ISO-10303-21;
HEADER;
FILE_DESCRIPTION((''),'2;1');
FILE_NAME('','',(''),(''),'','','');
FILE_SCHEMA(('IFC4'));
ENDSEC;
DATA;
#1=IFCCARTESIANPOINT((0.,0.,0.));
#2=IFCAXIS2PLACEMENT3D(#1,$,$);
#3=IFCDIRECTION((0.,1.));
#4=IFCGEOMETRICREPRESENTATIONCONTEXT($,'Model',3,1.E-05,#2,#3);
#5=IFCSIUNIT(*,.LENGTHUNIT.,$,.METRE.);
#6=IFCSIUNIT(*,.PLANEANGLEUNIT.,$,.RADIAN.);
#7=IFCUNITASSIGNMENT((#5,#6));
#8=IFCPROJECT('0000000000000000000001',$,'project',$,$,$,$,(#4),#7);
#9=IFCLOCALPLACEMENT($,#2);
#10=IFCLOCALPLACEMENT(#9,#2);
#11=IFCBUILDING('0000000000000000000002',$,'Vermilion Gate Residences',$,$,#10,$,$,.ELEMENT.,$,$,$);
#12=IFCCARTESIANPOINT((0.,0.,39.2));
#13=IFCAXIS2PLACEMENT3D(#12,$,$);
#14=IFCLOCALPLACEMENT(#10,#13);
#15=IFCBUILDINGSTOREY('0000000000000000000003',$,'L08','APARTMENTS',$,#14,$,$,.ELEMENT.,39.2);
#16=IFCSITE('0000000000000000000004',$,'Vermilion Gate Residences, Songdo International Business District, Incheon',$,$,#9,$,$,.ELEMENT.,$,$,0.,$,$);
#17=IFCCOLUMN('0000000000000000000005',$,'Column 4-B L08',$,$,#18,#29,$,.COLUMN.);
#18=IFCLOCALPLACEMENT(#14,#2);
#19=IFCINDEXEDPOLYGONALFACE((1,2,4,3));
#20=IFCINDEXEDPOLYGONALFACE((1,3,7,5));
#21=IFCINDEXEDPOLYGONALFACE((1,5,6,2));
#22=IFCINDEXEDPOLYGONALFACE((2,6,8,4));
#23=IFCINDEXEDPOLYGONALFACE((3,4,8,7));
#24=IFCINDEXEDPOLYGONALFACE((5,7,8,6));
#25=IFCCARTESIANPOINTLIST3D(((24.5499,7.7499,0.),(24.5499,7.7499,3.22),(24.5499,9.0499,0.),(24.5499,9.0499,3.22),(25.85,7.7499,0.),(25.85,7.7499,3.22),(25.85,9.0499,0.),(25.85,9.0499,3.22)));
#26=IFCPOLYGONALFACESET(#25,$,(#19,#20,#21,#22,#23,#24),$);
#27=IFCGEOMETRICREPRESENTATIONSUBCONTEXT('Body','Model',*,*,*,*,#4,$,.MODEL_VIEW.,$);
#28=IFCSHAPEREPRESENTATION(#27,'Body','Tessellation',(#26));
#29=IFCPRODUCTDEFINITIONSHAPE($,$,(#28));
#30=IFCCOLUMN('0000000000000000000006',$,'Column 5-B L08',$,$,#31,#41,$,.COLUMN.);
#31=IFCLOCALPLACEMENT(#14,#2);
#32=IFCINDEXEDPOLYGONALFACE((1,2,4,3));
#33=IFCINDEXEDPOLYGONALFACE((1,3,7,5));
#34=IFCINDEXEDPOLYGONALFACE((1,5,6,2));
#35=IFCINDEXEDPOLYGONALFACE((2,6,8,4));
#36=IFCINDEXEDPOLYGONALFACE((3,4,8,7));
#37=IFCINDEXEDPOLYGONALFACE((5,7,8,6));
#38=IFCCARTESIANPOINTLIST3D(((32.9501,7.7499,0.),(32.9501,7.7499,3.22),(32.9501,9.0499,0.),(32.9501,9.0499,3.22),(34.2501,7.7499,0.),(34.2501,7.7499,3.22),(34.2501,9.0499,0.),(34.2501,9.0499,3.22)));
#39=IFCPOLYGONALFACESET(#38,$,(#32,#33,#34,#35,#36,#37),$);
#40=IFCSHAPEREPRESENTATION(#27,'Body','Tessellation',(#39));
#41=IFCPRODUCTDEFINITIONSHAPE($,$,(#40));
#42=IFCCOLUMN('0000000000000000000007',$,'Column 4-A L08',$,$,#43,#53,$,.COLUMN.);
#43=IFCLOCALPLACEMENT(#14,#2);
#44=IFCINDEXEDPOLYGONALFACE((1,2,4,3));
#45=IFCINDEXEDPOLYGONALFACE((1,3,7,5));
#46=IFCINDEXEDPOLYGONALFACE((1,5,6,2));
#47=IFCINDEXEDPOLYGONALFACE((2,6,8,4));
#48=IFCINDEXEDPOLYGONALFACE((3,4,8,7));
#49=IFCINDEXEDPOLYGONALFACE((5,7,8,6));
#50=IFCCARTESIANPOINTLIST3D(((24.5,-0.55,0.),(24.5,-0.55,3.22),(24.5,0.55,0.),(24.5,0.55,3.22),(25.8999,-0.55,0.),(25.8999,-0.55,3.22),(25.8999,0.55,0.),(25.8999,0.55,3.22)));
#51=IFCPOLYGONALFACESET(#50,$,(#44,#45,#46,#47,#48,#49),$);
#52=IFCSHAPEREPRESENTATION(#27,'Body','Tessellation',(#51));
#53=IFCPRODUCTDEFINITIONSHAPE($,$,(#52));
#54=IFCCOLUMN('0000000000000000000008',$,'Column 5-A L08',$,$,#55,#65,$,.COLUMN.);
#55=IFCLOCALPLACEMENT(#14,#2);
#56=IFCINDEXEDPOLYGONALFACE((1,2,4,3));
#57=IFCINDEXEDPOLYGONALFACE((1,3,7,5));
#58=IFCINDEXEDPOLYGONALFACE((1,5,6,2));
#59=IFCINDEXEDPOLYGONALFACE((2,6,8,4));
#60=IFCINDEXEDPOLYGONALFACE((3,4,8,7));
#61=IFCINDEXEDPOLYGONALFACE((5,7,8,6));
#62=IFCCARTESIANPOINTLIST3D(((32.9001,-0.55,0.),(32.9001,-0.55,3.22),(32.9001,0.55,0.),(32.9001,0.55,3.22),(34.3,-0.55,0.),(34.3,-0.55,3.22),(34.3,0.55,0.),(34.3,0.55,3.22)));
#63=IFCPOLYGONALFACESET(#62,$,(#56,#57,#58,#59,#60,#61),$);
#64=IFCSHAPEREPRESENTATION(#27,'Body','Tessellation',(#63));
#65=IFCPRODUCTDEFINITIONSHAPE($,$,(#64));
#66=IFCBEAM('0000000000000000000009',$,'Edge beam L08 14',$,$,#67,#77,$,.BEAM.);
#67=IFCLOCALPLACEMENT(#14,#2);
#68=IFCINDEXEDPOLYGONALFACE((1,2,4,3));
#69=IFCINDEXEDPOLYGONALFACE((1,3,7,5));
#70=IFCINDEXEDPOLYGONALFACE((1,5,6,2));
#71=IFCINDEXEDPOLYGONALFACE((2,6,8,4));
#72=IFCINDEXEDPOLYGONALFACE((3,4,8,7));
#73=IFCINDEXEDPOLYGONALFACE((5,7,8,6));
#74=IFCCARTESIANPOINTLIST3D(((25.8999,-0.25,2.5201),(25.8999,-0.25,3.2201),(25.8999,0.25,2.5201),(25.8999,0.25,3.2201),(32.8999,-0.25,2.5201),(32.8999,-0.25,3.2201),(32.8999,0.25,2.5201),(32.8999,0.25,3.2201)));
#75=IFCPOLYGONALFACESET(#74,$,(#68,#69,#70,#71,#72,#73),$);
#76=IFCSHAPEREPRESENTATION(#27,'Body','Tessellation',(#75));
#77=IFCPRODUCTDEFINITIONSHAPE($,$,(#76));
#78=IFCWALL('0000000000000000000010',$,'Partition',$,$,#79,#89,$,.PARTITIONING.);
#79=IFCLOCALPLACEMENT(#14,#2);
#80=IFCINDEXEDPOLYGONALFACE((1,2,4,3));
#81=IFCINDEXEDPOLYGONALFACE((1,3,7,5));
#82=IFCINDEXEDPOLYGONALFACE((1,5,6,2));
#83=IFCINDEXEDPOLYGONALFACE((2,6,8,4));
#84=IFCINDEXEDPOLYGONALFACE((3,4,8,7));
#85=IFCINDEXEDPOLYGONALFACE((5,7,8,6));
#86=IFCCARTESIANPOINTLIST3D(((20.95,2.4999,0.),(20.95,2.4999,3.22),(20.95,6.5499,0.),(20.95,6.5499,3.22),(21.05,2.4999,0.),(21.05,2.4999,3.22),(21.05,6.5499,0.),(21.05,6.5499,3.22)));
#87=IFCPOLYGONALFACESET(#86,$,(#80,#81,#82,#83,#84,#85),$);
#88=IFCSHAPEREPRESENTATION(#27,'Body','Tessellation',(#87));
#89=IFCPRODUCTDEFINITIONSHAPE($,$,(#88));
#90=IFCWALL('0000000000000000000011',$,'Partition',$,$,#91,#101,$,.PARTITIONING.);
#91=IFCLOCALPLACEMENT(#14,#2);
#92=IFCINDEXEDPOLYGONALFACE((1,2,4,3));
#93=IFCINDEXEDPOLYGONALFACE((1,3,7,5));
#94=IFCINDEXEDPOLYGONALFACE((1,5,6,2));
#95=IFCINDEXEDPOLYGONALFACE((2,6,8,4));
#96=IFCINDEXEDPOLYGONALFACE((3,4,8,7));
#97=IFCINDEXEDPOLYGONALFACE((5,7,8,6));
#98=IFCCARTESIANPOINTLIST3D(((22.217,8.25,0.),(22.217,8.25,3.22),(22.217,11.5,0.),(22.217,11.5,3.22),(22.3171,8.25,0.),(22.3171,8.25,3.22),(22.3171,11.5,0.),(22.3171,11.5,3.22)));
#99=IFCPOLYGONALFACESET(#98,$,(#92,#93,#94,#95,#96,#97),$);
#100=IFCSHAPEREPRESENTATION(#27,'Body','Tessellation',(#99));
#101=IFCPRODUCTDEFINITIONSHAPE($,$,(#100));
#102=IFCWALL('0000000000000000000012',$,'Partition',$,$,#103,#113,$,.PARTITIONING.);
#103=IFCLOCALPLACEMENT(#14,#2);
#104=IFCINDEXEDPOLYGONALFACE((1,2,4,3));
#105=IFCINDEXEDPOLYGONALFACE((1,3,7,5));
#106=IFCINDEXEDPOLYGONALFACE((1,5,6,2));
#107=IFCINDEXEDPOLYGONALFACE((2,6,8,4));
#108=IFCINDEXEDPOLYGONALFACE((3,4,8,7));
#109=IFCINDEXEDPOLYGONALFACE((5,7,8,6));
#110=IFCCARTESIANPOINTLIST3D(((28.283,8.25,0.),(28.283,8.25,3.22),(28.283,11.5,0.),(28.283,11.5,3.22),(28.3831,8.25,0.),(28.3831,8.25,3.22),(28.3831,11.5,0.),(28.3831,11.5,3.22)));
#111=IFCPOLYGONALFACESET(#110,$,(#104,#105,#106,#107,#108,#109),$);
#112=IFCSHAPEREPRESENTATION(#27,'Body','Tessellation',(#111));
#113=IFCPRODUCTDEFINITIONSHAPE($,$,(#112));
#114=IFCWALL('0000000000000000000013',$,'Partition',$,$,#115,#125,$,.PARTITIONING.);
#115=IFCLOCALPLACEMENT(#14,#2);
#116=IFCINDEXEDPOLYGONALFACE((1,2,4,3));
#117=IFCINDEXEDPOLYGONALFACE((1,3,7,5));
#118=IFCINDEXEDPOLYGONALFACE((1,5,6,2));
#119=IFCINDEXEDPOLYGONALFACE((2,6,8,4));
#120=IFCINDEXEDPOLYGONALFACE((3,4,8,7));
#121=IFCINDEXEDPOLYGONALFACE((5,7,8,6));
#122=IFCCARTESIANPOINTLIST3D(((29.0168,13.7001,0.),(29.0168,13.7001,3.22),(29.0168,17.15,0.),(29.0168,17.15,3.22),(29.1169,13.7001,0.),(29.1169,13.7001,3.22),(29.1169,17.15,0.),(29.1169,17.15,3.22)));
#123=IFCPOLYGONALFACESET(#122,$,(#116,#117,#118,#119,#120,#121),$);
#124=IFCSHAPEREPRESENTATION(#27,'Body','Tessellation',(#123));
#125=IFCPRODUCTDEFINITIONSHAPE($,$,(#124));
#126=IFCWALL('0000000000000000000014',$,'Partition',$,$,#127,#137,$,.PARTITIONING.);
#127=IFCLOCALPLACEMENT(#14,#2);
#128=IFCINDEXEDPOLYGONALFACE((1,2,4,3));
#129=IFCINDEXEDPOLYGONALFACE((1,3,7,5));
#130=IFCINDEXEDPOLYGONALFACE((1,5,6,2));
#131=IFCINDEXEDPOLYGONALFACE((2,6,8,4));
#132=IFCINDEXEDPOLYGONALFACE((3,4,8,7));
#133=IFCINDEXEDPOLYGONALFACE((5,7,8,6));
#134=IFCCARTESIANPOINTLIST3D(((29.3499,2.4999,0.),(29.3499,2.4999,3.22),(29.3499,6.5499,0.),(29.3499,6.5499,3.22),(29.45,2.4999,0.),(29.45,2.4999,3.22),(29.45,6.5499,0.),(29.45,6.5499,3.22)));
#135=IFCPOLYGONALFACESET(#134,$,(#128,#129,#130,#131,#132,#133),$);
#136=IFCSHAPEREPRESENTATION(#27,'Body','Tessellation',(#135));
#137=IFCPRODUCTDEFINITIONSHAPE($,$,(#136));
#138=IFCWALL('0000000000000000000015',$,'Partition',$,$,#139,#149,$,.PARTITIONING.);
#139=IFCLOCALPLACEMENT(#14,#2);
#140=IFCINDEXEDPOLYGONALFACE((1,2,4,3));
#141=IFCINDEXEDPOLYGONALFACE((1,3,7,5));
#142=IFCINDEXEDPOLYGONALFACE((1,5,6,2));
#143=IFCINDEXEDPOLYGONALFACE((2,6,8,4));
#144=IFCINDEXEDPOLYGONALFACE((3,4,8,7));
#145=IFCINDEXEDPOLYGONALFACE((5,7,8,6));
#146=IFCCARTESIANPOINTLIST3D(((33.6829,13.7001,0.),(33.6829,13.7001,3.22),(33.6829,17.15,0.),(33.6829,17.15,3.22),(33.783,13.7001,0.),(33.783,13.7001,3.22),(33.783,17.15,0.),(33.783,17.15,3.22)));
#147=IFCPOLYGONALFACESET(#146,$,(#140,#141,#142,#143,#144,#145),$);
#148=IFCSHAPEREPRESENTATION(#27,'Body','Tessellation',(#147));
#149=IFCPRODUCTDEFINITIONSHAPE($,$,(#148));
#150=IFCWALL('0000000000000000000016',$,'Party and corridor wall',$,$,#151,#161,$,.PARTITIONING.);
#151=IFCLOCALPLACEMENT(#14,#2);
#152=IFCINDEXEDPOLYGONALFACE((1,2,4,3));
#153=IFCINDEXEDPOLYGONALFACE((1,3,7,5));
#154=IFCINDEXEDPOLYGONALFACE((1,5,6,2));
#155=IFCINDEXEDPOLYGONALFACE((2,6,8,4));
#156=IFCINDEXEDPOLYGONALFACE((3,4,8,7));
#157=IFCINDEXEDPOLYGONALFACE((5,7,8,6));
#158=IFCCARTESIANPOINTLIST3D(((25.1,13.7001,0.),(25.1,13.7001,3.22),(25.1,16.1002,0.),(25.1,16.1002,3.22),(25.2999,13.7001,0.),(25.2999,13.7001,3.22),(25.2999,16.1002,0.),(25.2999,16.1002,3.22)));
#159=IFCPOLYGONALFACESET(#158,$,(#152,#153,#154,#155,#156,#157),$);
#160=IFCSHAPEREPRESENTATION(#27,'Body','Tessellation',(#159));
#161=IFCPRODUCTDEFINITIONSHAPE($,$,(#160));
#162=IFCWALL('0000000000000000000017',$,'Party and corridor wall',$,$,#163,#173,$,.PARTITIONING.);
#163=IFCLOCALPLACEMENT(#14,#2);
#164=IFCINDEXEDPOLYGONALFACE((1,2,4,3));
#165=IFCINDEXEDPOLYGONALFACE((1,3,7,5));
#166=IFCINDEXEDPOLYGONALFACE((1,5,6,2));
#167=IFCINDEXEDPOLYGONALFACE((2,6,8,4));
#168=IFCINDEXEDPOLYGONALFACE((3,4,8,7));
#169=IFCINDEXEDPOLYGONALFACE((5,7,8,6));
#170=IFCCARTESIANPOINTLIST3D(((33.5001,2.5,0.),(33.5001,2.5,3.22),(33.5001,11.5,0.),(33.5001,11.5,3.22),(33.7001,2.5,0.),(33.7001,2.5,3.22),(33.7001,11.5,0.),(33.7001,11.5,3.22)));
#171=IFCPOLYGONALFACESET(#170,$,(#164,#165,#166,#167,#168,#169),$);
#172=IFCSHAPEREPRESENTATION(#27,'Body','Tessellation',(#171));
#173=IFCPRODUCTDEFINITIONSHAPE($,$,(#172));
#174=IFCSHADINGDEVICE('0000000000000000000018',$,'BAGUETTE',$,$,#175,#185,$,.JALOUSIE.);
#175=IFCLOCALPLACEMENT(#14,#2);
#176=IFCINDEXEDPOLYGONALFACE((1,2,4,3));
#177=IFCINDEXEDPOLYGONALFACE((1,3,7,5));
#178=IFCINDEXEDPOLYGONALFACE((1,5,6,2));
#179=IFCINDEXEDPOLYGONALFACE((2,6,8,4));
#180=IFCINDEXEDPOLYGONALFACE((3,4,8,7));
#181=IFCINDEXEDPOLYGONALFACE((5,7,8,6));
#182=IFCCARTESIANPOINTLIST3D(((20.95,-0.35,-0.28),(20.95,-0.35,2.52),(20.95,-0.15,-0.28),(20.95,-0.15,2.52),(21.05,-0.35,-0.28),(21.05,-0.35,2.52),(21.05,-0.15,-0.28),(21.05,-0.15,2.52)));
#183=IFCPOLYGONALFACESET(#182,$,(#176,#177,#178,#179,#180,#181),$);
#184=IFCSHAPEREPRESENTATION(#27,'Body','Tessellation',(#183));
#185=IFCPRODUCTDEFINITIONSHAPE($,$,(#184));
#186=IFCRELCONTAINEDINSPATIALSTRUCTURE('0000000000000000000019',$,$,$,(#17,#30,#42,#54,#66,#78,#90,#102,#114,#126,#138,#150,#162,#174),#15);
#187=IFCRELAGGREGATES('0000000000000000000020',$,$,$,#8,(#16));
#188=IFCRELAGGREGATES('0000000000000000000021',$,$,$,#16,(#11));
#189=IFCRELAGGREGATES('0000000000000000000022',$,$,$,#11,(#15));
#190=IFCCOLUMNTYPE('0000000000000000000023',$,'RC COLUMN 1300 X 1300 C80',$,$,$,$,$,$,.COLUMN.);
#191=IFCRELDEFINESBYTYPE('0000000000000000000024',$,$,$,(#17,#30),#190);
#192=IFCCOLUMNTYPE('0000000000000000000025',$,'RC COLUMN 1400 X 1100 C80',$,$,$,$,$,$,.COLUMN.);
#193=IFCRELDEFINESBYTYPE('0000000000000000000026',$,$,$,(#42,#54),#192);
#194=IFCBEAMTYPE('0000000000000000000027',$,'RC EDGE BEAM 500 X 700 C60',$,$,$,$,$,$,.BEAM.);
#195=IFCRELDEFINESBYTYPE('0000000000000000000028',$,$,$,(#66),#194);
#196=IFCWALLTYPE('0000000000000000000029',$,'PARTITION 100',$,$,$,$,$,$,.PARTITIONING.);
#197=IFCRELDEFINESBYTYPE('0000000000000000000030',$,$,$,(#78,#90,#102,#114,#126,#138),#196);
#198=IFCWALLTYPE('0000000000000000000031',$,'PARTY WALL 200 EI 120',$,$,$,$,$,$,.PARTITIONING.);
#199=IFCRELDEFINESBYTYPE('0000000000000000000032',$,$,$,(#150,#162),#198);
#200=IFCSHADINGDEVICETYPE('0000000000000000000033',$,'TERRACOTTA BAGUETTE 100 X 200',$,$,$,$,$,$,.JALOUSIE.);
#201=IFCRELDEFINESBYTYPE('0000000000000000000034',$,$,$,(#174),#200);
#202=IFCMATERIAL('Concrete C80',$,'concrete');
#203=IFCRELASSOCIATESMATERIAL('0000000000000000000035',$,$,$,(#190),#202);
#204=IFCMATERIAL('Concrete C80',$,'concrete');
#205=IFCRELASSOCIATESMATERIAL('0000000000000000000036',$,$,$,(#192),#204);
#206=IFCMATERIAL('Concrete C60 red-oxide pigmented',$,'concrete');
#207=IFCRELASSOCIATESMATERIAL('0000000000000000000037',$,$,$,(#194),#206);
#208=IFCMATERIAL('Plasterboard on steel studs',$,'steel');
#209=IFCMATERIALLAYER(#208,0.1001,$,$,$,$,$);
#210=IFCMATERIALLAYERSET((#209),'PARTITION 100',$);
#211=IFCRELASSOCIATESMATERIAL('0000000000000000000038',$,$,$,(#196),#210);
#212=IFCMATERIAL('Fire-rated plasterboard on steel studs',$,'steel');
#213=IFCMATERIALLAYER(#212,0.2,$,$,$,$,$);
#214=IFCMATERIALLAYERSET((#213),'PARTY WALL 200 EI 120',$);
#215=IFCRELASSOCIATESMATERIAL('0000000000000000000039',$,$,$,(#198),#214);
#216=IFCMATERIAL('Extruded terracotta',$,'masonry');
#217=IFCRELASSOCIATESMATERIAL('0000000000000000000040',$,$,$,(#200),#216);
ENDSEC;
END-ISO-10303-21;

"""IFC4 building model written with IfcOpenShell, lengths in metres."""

from ifc_helpers import new_model, si_unit, direction, frame, frame_2d, origin, origin_2d, place, context, subcontext, project, spatial, rectangle, extrude, material, layer, layer_set, material_profile, profile_set, type_object, element, save


model = new_model("IFC4")

# Units and contexts
model_context = context("Model", 3, precision=1e-05, world=origin(), true_north=direction((0.0, 1.0)))
body_context = subcontext(model_context, "Body", "Model", "MODEL_VIEW")
ifc_project = project(units=[si_unit("LENGTHUNIT", "METRE"), si_unit("PLANEANGLEUNIT", "RADIAN")], contexts=[model_context])

# Site, building, storey
site_placement = place(None, origin())
site = spatial("IfcSite", under=ifc_project, at=site_placement, Name="Vermilion Gate Residences, Songdo International Business District, Incheon", CompositionType="ELEMENT", RefElevation=0.0)
building_placement = place(site_placement, origin())
building = spatial("IfcBuilding", under=site, at=building_placement, Name="Vermilion Gate Residences", CompositionType="ELEMENT")
storey_placement = place(building_placement, frame((0.0, 0.0, 39.2)))
storey = spatial("IfcBuildingStorey", under=building, at=storey_placement, Name="L08", Description="APARTMENTS", CompositionType="ELEMENT", Elevation=39.2)

# Columns
ifc_material_1 = material(Name="Concrete C80", Category="concrete")
ifc_material_profile_1 = material_profile(ifc_material_1, rectangle(XDim=1.3, YDim=1.3, at=origin_2d()), Name="RC-1300x1300")
ifc_profile_set_1 = profile_set([ifc_material_profile_1], Name="Concrete C80")
column_type_1 = type_object("IfcColumnType", Name="RC COLUMN 1300 X 1300 C80", PredefinedType="COLUMN", material=ifc_profile_set_1)
for number, where, z_axis, x_axis, name in (
    (1, (25.2, 8.3999, 0.0), (0.0, 0.0, 1.0), (1.0, 0.0, 0.0), "Column 4-B L08"),
    (2, (33.6001, 8.3999, 0.0), (0.0, 0.0, 1.0), (1.0, 0.0, 0.0), "Column 5-B L08"),
):
    element("IfcColumn", number, at=place(storey_placement, frame(where, z_axis=z_axis, x_axis=x_axis)), inside=storey, type_object=column_type_1, Name=name, PredefinedType="COLUMN", context=body_context, shape_type="SweptSolid", body=[
        extrude(rectangle(XDim=1.3, YDim=1.3, at=origin_2d()), origin(), (0.0, 0.0, 1.0), 3.22),
    ])
ifc_material_2 = material(Name="Concrete C80", Category="concrete")
ifc_material_profile_2 = material_profile(ifc_material_2, rectangle(XDim=1.3999, YDim=1.1001, at=origin_2d()), Name="RC-1400x1100")
ifc_profile_set_2 = profile_set([ifc_material_profile_2], Name="Concrete C80")
column_type_2 = type_object("IfcColumnType", Name="RC COLUMN 1400 X 1100 C80", PredefinedType="COLUMN", material=ifc_profile_set_2)
for number, where, z_axis, x_axis, name in (
    (3, (25.2, 0.0, 0.0), (0.0, 0.0, 1.0), (1.0, 0.0, 0.0), "Column 4-A L08"),
    (4, (33.6001, 0.0, 0.0), (0.0, 0.0, 1.0), (1.0, 0.0, 0.0), "Column 5-A L08"),
):
    element("IfcColumn", number, at=place(storey_placement, frame(where, z_axis=z_axis, x_axis=x_axis)), inside=storey, type_object=column_type_2, Name=name, PredefinedType="COLUMN", context=body_context, shape_type="SweptSolid", body=[
        extrude(rectangle(XDim=1.3999, YDim=1.1001, at=origin_2d()), origin(), (0.0, 0.0, 1.0), 3.22),
    ])

# Beam
ifc_material_3 = material(Name="Concrete C60 red-oxide pigmented", Category="concrete")
ifc_material_profile_3 = material_profile(ifc_material_3, rectangle(XDim=0.5, YDim=0.7, at=origin_2d()), Name="RC-500x700")
ifc_profile_set_3 = profile_set([ifc_material_profile_3], Name="Concrete C60 red-oxide pigmented")
beam_type = type_object("IfcBeamType", Name="RC EDGE BEAM 500 X 700 C60", PredefinedType="BEAM", material=ifc_profile_set_3)
beam_placement = place(storey_placement, frame((25.8999, 0.0, 2.8701), z_axis=(1.0, 0.0, 0.0), x_axis=(0.0, 1.0, 0.0)))
element("IfcBeam", 5, at=beam_placement, inside=storey, type_object=beam_type, Name="Edge beam L08 14", PredefinedType="BEAM", context=body_context, shape_type="SweptSolid", body=[
    extrude(rectangle(XDim=0.5, YDim=0.7, at=origin_2d()), origin(), (0.0, 0.0, 1.0), 7.0),
])

# Walls
ifc_material_4 = material(Name="Plasterboard on steel studs", Category="steel")
ifc_layer_1 = layer(ifc_material_4, 0.1001)
ifc_layer_set_1 = layer_set([ifc_layer_1], Name="PARTITION 100")
wall_type_1 = type_object("IfcWallType", Name="PARTITION 100", PredefinedType="PARTITIONING", material=ifc_layer_set_1)
wall_1_placement = place(storey_placement, frame((21.0, 2.5, 0.0), z_axis=(0.0, 0.0, 1.0), x_axis=(0.0, 1.0, 0.0)))
element("IfcWall", 6, at=wall_1_placement, inside=storey, type_object=wall_type_1, Name="Partition", PredefinedType="PARTITIONING", context=body_context, shape_type="SweptSolid", body=[
    extrude(rectangle(XDim=4.05, YDim=0.1001, at=frame_2d((2.0249, 0.0))), origin(), (0.0, 0.0, 1.0), 3.22),
])
for number, where, z_axis, x_axis, name in (
    (7, (22.2671, 8.25, 0.0), (0.0, 0.0, 1.0), (0.0, 1.0, 0.0), "Partition"),
    (8, (28.333, 8.25, 0.0), (0.0, 0.0, 1.0), (0.0, 1.0, 0.0), "Partition"),
):
    element("IfcWall", number, at=place(storey_placement, frame(where, z_axis=z_axis, x_axis=x_axis)), inside=storey, type_object=wall_type_1, Name=name, PredefinedType="PARTITIONING", context=body_context, shape_type="SweptSolid", body=[
        extrude(rectangle(XDim=3.25, YDim=0.1001, at=frame_2d((1.625, 0.0))), origin(), (0.0, 0.0, 1.0), 3.22),
    ])
wall_2_placement = place(storey_placement, frame((29.0669, 13.7, 0.0), z_axis=(0.0, 0.0, 1.0), x_axis=(0.0, 1.0, 0.0)))
element("IfcWall", 9, at=wall_2_placement, inside=storey, type_object=wall_type_1, Name="Partition", PredefinedType="PARTITIONING", context=body_context, shape_type="SweptSolid", body=[
    extrude(rectangle(XDim=3.45, YDim=0.1001, at=frame_2d((1.7251, 0.0))), origin(), (0.0, 0.0, 1.0), 3.22),
])
wall_3_placement = place(storey_placement, frame((29.3999, 2.5, 0.0), z_axis=(0.0, 0.0, 1.0), x_axis=(0.0, 1.0, 0.0)))
element("IfcWall", 10, at=wall_3_placement, inside=storey, type_object=wall_type_1, Name="Partition", PredefinedType="PARTITIONING", context=body_context, shape_type="SweptSolid", body=[
    extrude(rectangle(XDim=4.05, YDim=0.1001, at=frame_2d((2.0249, 0.0))), origin(), (0.0, 0.0, 1.0), 3.22),
])
wall_4_placement = place(storey_placement, frame((33.7329, 13.7, 0.0), z_axis=(0.0, 0.0, 1.0), x_axis=(0.0, 1.0, 0.0)))
element("IfcWall", 11, at=wall_4_placement, inside=storey, type_object=wall_type_1, Name="Partition", PredefinedType="PARTITIONING", context=body_context, shape_type="SweptSolid", body=[
    extrude(rectangle(XDim=3.45, YDim=0.1001, at=frame_2d((1.7251, 0.0))), origin(), (0.0, 0.0, 1.0), 3.22),
])
ifc_material_5 = material(Name="Fire-rated plasterboard on steel studs", Category="steel")
ifc_layer_2 = layer(ifc_material_5, 0.2)
ifc_layer_set_2 = layer_set([ifc_layer_2], Name="PARTY WALL 200 EI 120")
wall_type_2 = type_object("IfcWallType", Name="PARTY WALL 200 EI 120", PredefinedType="PARTITIONING", material=ifc_layer_set_2)
wall_5_placement = place(storey_placement, frame((25.2, 13.7, 0.0), z_axis=(0.0, 0.0, 1.0), x_axis=(0.0, 1.0, 0.0)))
element("IfcWall", 12, at=wall_5_placement, inside=storey, type_object=wall_type_2, Name="Party and corridor wall", PredefinedType="PARTITIONING", context=body_context, shape_type="SweptSolid", body=[
    extrude(rectangle(XDim=2.4001, YDim=0.2, at=frame_2d((1.2002, 0.0))), origin(), (0.0, 0.0, 1.0), 3.22),
])
wall_6_placement = place(storey_placement, frame((33.6001, 2.5, 0.0), z_axis=(0.0, 0.0, 1.0), x_axis=(0.0, 1.0, 0.0)))
element("IfcWall", 13, at=wall_6_placement, inside=storey, type_object=wall_type_2, Name="Party and corridor wall", PredefinedType="PARTITIONING", context=body_context, shape_type="SweptSolid", body=[
    extrude(rectangle(XDim=9.0, YDim=0.2, at=frame_2d((4.5, 0.0))), origin(), (0.0, 0.0, 1.0), 3.22),
])

# Shading device
ifc_material_6 = material(Name="Extruded terracotta", Category="masonry")
ifc_material_profile_4 = material_profile(ifc_material_6, rectangle(XDim=0.2, YDim=0.1001, at=origin_2d()), Name="BAGUETTE 100 X 200")
ifc_profile_set_4 = profile_set([ifc_material_profile_4], Name="Extruded terracotta")
shading_device_type = type_object("IfcShadingDeviceType", Name="TERRACOTTA BAGUETTE 100 X 200", PredefinedType="JALOUSIE", material=ifc_profile_set_4)
for number, where, z_axis, x_axis, name in (
    (14, (21.0, -0.25, -0.28), (0.0, 0.0, 1.0), (0.0, 1.0, 0.0), "BAGUETTE"),
):
    element("IfcShadingDevice", number, at=place(storey_placement, frame(where, z_axis=z_axis, x_axis=x_axis)), inside=storey, type_object=shading_device_type, Name=name, PredefinedType="JALOUSIE", context=body_context, shape_type="SweptSolid", body=[
        extrude(rectangle(XDim=0.2, YDim=0.1001, at=origin_2d()), origin(), (0.0, 0.0, 1.0), 2.8),
    ])

save(model, "model.ifc")
